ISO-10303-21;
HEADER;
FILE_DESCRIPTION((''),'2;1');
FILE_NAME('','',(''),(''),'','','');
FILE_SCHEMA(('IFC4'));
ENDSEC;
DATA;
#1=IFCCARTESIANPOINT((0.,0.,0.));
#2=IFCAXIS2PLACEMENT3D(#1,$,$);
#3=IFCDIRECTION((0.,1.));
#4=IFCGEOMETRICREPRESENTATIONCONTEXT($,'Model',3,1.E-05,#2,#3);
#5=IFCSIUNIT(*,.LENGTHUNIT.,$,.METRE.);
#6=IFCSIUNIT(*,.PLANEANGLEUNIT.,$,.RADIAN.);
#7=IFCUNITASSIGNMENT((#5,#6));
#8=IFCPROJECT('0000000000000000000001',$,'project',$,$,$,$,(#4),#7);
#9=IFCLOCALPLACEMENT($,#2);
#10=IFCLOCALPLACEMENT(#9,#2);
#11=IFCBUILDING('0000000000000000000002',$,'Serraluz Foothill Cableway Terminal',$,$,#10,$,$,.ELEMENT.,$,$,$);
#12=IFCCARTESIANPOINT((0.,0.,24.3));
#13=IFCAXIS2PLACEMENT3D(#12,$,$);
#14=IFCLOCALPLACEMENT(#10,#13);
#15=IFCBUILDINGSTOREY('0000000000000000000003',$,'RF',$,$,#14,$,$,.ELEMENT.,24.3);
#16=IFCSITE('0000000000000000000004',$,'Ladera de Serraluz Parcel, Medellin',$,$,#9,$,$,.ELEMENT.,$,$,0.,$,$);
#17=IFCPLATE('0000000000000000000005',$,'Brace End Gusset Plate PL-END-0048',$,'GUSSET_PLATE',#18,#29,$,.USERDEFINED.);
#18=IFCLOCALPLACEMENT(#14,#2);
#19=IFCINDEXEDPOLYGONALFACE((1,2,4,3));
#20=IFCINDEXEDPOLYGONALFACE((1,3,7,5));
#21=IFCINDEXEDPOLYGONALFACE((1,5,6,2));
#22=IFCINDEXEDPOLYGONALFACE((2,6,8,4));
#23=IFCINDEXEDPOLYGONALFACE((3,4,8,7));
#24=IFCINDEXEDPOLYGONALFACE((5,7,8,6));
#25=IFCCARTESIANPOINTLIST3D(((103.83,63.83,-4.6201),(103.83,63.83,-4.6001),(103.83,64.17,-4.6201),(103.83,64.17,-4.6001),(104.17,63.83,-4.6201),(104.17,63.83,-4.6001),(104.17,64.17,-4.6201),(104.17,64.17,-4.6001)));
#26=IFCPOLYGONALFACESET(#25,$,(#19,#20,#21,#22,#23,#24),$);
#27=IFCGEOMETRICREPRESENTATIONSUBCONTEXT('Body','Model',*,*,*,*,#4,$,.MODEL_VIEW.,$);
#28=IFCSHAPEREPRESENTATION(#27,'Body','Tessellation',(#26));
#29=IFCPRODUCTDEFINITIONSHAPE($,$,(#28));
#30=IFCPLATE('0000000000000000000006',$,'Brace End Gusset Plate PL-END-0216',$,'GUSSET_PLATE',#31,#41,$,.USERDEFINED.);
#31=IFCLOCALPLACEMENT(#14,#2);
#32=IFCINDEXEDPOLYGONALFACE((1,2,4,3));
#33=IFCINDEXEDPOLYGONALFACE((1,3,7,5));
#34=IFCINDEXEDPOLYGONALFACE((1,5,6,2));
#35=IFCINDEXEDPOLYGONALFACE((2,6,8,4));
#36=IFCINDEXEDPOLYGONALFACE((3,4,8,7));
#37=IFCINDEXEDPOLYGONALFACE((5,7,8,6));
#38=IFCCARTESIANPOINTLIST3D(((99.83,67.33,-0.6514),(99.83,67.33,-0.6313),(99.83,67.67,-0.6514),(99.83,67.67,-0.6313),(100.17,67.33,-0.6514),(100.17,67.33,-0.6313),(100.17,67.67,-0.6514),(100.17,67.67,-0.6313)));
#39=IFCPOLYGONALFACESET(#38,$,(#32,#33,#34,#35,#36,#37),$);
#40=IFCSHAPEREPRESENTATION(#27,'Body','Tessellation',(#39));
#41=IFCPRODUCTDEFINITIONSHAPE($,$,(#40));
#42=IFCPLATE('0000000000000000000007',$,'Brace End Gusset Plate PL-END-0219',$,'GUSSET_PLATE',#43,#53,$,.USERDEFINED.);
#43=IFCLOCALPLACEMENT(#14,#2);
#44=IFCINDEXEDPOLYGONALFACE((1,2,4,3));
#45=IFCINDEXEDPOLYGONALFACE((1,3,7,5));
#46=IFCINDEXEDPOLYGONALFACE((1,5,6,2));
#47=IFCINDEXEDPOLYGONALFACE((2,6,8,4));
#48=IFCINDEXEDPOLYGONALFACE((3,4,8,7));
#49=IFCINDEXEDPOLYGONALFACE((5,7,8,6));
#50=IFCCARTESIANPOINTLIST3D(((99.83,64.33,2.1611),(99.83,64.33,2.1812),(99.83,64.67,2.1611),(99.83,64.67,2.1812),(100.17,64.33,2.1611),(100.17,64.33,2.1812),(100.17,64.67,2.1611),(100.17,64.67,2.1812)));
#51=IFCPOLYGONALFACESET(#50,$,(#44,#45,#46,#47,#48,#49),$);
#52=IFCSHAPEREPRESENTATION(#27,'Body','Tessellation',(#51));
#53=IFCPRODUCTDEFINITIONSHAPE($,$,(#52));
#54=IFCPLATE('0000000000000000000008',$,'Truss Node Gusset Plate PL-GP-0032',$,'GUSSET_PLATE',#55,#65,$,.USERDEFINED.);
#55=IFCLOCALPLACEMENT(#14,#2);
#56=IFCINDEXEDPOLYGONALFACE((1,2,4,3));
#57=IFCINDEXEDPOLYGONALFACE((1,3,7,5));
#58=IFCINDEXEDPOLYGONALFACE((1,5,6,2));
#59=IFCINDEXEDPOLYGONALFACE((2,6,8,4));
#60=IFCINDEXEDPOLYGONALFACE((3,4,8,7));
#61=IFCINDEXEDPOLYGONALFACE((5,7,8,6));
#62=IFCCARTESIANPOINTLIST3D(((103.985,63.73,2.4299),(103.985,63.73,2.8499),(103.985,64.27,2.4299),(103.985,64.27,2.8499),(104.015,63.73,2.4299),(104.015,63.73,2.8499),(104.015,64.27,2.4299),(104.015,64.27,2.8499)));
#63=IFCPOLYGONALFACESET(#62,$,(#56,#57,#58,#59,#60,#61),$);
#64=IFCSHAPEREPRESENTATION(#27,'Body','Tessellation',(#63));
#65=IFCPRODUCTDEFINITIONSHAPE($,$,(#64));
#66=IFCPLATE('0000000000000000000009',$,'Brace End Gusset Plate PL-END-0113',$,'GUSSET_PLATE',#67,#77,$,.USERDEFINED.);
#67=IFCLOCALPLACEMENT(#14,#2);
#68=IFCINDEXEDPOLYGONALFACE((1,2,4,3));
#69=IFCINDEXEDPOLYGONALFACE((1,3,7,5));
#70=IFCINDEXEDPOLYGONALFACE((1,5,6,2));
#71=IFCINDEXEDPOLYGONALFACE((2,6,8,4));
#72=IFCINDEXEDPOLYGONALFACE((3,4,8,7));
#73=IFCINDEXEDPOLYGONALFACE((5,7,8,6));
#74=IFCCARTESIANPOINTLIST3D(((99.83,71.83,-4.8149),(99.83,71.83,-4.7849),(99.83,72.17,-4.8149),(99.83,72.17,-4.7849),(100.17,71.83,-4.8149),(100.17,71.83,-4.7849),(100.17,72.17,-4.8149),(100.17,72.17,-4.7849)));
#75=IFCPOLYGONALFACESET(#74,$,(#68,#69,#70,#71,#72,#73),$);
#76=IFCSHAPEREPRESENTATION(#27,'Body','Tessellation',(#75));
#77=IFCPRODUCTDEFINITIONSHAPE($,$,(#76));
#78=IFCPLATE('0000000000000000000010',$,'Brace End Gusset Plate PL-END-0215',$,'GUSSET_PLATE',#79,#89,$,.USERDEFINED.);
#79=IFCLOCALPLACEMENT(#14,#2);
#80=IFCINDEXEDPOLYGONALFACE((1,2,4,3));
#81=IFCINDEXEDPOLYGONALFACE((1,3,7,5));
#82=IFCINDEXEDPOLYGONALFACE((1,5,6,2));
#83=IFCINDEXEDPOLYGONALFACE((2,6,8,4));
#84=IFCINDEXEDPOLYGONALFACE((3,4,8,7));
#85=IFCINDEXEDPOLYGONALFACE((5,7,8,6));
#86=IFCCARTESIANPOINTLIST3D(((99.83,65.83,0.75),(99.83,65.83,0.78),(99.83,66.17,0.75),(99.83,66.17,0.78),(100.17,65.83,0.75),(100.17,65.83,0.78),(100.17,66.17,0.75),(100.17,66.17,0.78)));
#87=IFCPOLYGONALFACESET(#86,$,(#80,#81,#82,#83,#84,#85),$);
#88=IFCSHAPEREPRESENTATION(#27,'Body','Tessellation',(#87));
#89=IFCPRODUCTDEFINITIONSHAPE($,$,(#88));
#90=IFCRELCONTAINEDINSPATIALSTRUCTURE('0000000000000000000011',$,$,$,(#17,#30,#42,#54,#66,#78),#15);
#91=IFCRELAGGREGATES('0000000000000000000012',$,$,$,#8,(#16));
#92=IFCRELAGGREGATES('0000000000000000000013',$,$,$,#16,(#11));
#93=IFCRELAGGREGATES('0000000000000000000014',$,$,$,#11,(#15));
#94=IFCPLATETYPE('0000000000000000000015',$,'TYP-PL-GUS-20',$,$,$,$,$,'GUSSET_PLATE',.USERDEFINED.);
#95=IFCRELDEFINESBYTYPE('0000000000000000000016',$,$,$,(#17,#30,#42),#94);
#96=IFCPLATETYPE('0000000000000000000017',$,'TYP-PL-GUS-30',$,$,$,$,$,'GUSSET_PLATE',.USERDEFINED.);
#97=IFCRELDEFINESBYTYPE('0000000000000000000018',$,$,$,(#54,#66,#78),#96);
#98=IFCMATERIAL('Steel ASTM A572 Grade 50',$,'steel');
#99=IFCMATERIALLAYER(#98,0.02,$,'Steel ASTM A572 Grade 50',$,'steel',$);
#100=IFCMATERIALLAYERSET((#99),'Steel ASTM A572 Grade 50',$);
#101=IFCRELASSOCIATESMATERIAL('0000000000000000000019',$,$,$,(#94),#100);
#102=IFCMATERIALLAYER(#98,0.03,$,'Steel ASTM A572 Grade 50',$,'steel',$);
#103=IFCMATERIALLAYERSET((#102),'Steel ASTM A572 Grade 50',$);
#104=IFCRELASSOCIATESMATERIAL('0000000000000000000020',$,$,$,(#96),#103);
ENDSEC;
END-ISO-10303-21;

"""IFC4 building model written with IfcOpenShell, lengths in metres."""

from ifc_helpers import new_model, si_unit, direction, frame, origin, origin_2d, place, context, subcontext, project, spatial, rectangle, extrude, material, layer, layer_set, type_object, element, save


model = new_model("IFC4")

# Units and contexts
model_context = context("Model", 3, precision=1e-05, world=origin(), true_north=direction((0.0, 1.0)))
body_context = subcontext(model_context, "Body", "Model", "MODEL_VIEW")
ifc_project = project(units=[si_unit("LENGTHUNIT", "METRE"), si_unit("PLANEANGLEUNIT", "RADIAN")], contexts=[model_context])

# Site, building, storey
site_placement = place(None, origin())
site = spatial("IfcSite", under=ifc_project, at=site_placement, Name="Ladera de Serraluz Parcel, Medellin", CompositionType="ELEMENT", RefElevation=0.0)
building_placement = place(site_placement, origin())
building = spatial("IfcBuilding", under=site, at=building_placement, Name="Serraluz Foothill Cableway Terminal", CompositionType="ELEMENT")
storey_placement = place(building_placement, frame((0.0, 0.0, 24.3)))
storey = spatial("IfcBuildingStorey", under=building, at=storey_placement, Name="RF", CompositionType="ELEMENT", Elevation=24.3)

# Shared definitions
ifc_material_1 = material(Name="Steel ASTM A572 Grade 50", Category="steel")

# Plates
ifc_layer_1 = layer(ifc_material_1, 0.02, Name="Steel ASTM A572 Grade 50", Category="steel")
ifc_layer_set_1 = layer_set([ifc_layer_1], Name="Steel ASTM A572 Grade 50")
plate_type_1 = type_object("IfcPlateType", Name="TYP-PL-GUS-20", ElementType="GUSSET_PLATE", PredefinedType="USERDEFINED", material=ifc_layer_set_1)
for number, where, z_axis, x_axis, name in (
    (1, (104.0, 64.0, -4.6201), (0.0, 0.0, 1.0), (1.0, 0.0, 0.0), "Brace End Gusset Plate PL-END-0048"),
    (2, (100.0, 67.5, -0.6514), (0.0, 0.0, 1.0), (1.0, 0.0, 0.0), "Brace End Gusset Plate PL-END-0216"),
    (3, (100.0, 64.5, 2.1611), (0.0, 0.0, 1.0), (1.0, 0.0, 0.0), "Brace End Gusset Plate PL-END-0219"),
):
    element("IfcPlate", number, at=place(storey_placement, frame(where, z_axis=z_axis, x_axis=x_axis)), inside=storey, type_object=plate_type_1, Name=name, ObjectType="GUSSET_PLATE", PredefinedType="USERDEFINED", context=body_context, shape_type="SweptSolid", body=[
        extrude(rectangle(XDim=0.3401, YDim=0.3401, at=origin_2d()), origin(), (0.0, 0.0, 1.0), 0.02),
    ])
ifc_layer_2 = layer(ifc_material_1, 0.03, Name="Steel ASTM A572 Grade 50", Category="steel")
ifc_layer_set_2 = layer_set([ifc_layer_2], Name="Steel ASTM A572 Grade 50")
plate_type_2 = type_object("IfcPlateType", Name="TYP-PL-GUS-30", ElementType="GUSSET_PLATE", PredefinedType="USERDEFINED", material=ifc_layer_set_2)
plate_placement = place(storey_placement, frame((104.0, 64.0, 2.4299), z_axis=(0.0, 0.0, 1.0), x_axis=(1.0, 0.0, 0.0)))
element("IfcPlate", 4, at=plate_placement, inside=storey, type_object=plate_type_2, Name="Truss Node Gusset Plate PL-GP-0032", ObjectType="GUSSET_PLATE", PredefinedType="USERDEFINED", context=body_context, shape_type="SweptSolid", body=[
    extrude(rectangle(XDim=0.03, YDim=0.54, at=origin_2d()), origin(), (0.0, 0.0, 1.0), 0.4199),
])
for number, where, z_axis, x_axis, name in (
    (5, (100.0, 72.0, -4.8149), (0.0, 0.0, 1.0), (1.0, 0.0, 0.0), "Brace End Gusset Plate PL-END-0113"),
    (6, (100.0, 66.0, 0.75), (0.0, 0.0, 1.0), (1.0, 0.0, 0.0), "Brace End Gusset Plate PL-END-0215"),
):
    element("IfcPlate", number, at=place(storey_placement, frame(where, z_axis=z_axis, x_axis=x_axis)), inside=storey, type_object=plate_type_2, Name=name, ObjectType="GUSSET_PLATE", PredefinedType="USERDEFINED", context=body_context, shape_type="SweptSolid", body=[
        extrude(rectangle(XDim=0.3401, YDim=0.3401, at=origin_2d()), origin(), (0.0, 0.0, 1.0), 0.03),
    ])

save(model, "model.ifc")
